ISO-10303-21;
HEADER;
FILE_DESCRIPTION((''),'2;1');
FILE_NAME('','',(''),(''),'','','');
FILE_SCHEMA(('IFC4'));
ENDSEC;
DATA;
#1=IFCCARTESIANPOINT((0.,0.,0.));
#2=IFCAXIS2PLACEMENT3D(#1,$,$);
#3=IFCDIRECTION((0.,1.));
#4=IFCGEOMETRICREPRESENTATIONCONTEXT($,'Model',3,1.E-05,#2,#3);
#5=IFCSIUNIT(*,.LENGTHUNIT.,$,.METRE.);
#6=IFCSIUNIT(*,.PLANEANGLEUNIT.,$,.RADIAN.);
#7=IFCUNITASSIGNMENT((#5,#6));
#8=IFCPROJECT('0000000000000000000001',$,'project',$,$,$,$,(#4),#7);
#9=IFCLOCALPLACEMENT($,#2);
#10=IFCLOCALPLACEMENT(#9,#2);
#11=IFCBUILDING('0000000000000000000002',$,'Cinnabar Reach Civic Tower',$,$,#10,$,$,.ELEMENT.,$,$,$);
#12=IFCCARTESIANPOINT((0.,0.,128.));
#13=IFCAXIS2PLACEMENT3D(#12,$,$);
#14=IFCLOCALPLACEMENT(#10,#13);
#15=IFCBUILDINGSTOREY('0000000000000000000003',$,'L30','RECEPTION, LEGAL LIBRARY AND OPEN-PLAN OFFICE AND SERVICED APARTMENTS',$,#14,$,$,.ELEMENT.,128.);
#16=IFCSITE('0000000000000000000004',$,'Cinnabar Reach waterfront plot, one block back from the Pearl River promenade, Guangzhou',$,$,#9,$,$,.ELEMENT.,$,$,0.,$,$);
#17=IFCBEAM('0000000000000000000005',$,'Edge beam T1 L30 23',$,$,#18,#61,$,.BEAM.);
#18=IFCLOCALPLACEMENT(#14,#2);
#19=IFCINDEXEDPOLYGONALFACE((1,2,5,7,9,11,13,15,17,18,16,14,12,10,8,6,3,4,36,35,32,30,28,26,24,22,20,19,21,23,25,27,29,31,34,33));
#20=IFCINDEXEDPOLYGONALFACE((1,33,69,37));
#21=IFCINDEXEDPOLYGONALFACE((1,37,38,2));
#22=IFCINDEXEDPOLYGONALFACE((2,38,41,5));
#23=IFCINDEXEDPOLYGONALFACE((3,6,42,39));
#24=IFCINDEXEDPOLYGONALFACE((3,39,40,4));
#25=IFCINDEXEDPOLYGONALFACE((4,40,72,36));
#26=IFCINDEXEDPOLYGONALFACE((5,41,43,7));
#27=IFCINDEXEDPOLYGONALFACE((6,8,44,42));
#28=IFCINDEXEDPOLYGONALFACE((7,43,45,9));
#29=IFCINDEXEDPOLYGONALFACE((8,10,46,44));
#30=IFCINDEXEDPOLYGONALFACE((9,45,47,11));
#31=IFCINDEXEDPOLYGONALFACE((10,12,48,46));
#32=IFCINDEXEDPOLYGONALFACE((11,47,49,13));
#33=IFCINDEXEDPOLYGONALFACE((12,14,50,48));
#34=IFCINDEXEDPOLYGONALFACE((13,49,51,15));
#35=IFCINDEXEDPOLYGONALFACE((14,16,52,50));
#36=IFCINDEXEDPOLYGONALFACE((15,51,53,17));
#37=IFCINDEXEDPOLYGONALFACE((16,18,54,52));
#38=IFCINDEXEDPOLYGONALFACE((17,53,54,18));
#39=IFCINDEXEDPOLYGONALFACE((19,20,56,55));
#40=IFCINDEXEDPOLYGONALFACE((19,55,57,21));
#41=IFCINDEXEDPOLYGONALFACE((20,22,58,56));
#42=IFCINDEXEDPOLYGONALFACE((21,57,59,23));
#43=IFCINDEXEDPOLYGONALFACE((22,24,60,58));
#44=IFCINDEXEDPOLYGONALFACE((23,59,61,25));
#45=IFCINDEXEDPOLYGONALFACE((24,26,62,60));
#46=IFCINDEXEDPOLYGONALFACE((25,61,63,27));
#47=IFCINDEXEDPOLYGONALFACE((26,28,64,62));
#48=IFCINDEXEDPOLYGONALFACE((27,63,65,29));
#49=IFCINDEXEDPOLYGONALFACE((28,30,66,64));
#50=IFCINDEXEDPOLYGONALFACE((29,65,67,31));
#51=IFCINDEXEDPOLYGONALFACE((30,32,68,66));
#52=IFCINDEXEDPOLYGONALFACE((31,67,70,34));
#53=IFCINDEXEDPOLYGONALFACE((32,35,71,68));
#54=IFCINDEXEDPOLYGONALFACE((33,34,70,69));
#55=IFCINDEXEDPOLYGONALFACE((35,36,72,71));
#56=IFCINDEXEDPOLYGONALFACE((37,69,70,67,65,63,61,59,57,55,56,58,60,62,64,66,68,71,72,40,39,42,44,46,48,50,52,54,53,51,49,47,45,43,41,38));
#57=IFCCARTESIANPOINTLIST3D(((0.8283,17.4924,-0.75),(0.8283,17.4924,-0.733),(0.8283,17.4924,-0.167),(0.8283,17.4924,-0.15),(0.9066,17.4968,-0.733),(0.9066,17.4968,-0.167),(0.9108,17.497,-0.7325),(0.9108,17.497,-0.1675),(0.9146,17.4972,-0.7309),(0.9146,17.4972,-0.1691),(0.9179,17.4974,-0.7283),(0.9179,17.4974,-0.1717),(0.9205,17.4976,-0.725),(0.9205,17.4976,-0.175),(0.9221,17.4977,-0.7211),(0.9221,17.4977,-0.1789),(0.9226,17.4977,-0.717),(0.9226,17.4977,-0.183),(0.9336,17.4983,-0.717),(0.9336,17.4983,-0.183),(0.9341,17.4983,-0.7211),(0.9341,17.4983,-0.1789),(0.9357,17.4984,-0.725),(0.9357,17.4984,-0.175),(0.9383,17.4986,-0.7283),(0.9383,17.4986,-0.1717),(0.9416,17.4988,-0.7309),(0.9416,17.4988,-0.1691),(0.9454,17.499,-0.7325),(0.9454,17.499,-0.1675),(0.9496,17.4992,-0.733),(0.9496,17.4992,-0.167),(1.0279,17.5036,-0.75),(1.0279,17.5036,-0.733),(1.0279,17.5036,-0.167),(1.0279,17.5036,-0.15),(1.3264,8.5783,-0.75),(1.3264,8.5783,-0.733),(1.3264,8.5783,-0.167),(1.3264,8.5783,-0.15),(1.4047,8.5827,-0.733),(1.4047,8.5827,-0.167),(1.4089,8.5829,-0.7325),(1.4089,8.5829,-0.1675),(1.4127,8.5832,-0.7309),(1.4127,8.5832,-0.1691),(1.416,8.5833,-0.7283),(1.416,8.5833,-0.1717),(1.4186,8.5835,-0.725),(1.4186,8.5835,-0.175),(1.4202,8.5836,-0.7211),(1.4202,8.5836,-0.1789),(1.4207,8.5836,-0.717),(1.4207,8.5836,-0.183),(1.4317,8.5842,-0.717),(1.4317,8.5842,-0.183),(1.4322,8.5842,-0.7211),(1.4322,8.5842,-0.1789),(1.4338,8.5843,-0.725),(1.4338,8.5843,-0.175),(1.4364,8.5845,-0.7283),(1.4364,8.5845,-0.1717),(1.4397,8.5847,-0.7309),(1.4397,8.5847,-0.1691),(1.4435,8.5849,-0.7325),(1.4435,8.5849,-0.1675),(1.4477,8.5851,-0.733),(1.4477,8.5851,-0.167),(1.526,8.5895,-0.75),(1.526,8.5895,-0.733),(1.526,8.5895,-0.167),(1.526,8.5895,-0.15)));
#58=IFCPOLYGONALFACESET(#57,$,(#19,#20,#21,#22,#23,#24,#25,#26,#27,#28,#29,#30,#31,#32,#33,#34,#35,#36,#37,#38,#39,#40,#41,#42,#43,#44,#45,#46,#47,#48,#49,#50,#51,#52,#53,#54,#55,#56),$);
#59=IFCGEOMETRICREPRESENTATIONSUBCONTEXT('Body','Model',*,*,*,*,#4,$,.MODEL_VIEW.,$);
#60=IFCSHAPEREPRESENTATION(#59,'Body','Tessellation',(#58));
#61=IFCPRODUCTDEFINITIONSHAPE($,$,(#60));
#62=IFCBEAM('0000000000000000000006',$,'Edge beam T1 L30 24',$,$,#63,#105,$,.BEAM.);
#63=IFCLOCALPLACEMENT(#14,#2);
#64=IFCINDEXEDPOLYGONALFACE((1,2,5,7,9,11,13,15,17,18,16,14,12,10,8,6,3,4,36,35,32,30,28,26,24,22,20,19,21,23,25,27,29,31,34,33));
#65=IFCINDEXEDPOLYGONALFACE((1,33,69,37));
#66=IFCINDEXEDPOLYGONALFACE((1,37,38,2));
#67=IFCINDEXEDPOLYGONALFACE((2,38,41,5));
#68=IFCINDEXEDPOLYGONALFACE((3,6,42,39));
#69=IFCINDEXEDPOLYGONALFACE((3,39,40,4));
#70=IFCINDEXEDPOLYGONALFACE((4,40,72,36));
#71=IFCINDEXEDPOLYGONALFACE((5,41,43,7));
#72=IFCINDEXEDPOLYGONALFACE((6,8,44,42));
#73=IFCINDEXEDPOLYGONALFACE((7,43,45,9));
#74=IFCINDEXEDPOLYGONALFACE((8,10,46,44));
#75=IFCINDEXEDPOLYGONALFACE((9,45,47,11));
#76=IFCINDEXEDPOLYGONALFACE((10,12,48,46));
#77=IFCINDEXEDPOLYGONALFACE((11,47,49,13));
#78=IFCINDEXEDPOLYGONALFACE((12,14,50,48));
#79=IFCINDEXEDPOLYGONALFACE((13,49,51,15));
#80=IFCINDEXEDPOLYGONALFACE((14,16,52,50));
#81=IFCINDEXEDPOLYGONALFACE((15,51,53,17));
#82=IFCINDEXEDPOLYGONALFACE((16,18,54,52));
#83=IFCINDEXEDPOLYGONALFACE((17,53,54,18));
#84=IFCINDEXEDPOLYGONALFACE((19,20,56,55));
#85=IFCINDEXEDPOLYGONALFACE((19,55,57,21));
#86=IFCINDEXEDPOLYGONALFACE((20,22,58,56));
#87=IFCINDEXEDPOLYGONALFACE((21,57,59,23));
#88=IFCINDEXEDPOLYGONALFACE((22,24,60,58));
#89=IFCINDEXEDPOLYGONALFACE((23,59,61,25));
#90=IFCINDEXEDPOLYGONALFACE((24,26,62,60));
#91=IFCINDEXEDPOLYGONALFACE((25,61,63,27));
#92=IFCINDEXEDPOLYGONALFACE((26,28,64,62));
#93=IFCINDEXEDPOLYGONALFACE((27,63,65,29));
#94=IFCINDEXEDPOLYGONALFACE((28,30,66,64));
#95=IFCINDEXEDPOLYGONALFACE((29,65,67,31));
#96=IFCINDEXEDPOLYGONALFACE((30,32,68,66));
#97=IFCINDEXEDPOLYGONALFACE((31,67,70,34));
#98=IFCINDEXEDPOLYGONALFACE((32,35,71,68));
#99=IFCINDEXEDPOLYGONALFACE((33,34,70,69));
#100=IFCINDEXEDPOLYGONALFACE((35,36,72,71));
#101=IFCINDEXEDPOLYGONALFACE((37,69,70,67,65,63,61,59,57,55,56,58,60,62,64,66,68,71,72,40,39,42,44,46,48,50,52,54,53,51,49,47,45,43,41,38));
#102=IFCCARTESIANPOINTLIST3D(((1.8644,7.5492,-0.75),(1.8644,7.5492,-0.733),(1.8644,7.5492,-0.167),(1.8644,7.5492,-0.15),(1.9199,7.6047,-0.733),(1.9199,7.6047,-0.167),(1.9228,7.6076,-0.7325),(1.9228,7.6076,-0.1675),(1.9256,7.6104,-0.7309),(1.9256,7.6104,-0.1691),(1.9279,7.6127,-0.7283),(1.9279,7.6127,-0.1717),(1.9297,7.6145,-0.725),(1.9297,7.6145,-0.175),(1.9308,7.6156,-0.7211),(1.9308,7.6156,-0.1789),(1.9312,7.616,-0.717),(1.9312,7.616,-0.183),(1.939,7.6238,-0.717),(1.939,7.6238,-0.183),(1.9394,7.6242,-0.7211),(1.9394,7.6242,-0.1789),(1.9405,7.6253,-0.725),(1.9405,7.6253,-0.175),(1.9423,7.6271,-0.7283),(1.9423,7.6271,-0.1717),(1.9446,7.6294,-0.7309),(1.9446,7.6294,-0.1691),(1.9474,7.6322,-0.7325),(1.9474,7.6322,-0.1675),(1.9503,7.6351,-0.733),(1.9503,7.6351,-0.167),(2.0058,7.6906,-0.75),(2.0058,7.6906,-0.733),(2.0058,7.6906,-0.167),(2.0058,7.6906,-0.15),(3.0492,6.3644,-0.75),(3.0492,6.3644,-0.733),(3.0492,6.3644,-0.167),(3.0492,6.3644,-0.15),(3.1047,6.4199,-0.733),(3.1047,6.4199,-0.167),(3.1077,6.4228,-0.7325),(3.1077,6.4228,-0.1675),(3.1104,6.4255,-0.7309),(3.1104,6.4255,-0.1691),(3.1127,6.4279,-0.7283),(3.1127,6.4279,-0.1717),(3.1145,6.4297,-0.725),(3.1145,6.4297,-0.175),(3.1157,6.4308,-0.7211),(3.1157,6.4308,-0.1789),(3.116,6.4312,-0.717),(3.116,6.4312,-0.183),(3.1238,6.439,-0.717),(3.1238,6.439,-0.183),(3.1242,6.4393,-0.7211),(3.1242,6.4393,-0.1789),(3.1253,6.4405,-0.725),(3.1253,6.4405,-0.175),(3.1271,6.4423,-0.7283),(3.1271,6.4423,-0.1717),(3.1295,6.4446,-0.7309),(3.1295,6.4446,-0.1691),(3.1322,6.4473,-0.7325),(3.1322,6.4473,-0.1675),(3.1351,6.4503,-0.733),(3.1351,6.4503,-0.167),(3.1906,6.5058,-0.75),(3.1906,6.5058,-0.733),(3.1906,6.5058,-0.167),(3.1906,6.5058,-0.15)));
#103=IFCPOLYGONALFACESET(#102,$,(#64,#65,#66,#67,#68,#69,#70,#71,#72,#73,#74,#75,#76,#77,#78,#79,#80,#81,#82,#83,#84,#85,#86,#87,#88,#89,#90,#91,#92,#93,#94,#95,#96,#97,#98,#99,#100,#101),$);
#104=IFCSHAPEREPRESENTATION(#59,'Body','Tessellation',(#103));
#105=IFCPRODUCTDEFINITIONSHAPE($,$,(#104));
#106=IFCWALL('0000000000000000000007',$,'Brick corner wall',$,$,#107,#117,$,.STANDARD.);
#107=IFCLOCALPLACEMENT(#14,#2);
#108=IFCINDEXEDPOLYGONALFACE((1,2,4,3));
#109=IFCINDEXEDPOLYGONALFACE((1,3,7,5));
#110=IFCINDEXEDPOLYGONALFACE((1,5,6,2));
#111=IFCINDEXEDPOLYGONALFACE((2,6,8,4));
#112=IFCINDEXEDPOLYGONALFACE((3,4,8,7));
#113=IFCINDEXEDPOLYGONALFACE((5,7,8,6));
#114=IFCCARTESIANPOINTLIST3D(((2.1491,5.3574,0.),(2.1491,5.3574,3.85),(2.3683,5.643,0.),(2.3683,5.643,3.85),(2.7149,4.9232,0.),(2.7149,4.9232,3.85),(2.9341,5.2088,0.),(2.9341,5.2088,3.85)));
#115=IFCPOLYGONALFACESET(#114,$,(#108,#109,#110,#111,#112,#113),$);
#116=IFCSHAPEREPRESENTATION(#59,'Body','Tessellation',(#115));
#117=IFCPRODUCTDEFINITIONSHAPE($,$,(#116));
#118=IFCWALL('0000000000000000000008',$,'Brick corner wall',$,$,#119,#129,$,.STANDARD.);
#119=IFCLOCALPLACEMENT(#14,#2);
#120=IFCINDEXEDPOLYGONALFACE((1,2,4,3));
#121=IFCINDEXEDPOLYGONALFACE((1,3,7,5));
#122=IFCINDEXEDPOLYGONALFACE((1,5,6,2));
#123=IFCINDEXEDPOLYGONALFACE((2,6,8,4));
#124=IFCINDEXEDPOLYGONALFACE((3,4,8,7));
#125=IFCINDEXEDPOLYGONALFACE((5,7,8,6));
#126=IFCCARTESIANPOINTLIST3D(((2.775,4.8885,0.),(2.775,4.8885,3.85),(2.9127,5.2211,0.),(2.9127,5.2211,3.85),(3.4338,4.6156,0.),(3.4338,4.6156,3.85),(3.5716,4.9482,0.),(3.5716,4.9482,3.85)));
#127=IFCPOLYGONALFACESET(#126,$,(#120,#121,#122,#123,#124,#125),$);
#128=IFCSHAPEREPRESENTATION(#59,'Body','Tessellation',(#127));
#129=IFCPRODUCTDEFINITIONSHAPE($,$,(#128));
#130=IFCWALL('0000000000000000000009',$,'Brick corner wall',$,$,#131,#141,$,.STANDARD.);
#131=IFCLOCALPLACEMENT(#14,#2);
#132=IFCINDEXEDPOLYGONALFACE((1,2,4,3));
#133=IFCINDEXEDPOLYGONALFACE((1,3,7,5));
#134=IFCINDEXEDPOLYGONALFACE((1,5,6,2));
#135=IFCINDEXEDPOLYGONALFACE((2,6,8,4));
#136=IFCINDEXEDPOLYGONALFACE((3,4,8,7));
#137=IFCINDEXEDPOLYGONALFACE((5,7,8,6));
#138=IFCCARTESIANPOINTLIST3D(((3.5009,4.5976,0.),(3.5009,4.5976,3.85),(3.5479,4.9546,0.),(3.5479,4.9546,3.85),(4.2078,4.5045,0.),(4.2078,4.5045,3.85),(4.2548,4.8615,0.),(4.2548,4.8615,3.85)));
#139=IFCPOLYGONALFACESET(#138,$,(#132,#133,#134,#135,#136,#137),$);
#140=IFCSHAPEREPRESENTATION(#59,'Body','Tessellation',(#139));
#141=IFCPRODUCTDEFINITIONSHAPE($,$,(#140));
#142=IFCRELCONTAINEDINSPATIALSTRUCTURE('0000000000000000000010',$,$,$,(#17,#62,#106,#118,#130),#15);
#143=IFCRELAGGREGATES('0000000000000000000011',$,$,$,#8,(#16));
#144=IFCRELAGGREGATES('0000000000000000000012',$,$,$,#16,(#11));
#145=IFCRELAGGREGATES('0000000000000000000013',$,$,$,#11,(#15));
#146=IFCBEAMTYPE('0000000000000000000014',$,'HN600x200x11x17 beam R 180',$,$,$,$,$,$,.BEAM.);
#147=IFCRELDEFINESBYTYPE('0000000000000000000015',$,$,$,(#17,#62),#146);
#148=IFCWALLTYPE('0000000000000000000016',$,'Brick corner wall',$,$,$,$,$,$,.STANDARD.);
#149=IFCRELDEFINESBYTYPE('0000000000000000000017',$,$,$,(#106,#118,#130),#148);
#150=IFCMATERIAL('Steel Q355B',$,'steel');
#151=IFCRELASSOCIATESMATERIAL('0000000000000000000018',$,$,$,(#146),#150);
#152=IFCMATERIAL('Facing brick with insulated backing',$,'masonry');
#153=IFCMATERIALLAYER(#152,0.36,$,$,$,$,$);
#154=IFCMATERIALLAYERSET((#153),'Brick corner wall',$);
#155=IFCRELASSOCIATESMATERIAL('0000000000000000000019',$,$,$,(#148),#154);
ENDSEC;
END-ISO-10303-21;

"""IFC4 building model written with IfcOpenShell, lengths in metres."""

from ifc_helpers import new_model, si_unit, direction, frame, frame_2d, origin, origin_2d, place, context, subcontext, project, spatial, rectangle, i_section, extrude, material, layer, layer_set, material_profile, profile_set, type_object, element, save


model = new_model("IFC4")

# Units and contexts
model_context = context("Model", 3, precision=1e-05, world=origin(), true_north=direction((0.0, 1.0)))
body_context = subcontext(model_context, "Body", "Model", "MODEL_VIEW")
ifc_project = project(units=[si_unit("LENGTHUNIT", "METRE"), si_unit("PLANEANGLEUNIT", "RADIAN")], contexts=[model_context])

# Site, building, storey
site_placement = place(None, origin())
site = spatial("IfcSite", under=ifc_project, at=site_placement, Name="Cinnabar Reach waterfront plot, one block back from the Pearl River promenade, Guangzhou", CompositionType="ELEMENT", RefElevation=0.0)
building_placement = place(site_placement, origin())
building = spatial("IfcBuilding", under=site, at=building_placement, Name="Cinnabar Reach Civic Tower", CompositionType="ELEMENT")
storey_placement = place(building_placement, frame((0.0, 0.0, 128.0)))
storey = spatial("IfcBuildingStorey", under=building, at=storey_placement, Name="L30", Description="RECEPTION, LEGAL LIBRARY AND OPEN-PLAN OFFICE AND SERVICED APARTMENTS", CompositionType="ELEMENT", Elevation=128.0)

# Beams
ifc_material_1 = material(Name="Steel Q355B", Category="steel")
ifc_material_profile_1 = material_profile(ifc_material_1, i_section(OverallWidth=0.2, OverallDepth=0.6, WebThickness=0.011, FlangeThickness=0.017, FilletRadius=0.016, at=origin_2d()), Name="HN600x200x11x17")
ifc_profile_set_1 = profile_set([ifc_material_profile_1], Name="Steel Q355B")
beam_type_1 = type_object("IfcBeamType", Name="HN600x200x11x17 beam R 180", PredefinedType="BEAM", material=ifc_profile_set_1)
beam_1_placement = place(storey_placement, frame((0.9281, 17.498, -0.45), z_axis=(0.055791, -0.998442, 0.0), x_axis=(0.998442, 0.055791, 0.0)))
element("IfcBeam", 1, at=beam_1_placement, inside=storey, type_object=beam_type_1, Name="Edge beam T1 L30 23", PredefinedType="BEAM", context=body_context, shape_type="SweptSolid", body=[
    extrude(i_section(OverallWidth=0.2, OverallDepth=0.6, WebThickness=0.011, FlangeThickness=0.017, FilletRadius=0.016, at=origin_2d()), origin(), (0.0, 0.0, 1.0), 8.928),
])
beam_2_placement = place(storey_placement, frame((1.9351, 7.6199, -0.45), z_axis=(0.707107, -0.707107, 0.0), x_axis=(0.707107, 0.707107, 0.0)))
element("IfcBeam", 2, at=beam_2_placement, inside=storey, type_object=beam_type_1, Name="Edge beam T1 L30 24", PredefinedType="BEAM", context=body_context, shape_type="SweptSolid", body=[
    extrude(i_section(OverallWidth=0.2, OverallDepth=0.6, WebThickness=0.011, FlangeThickness=0.017, FilletRadius=0.016, at=origin_2d()), origin(), (0.0, 0.0, 1.0), 1.6756),
])

# Walls
ifc_material_2 = material(Name="Facing brick with insulated backing", Category="masonry")
ifc_layer_1 = layer(ifc_material_2, 0.36)
ifc_layer_set_1 = layer_set([ifc_layer_1], Name="Brick corner wall")
wall_type_1 = type_object("IfcWallType", Name="Brick corner wall", PredefinedType="STANDARD", material=ifc_layer_set_1)
wall_1_placement = place(storey_placement, frame((2.2587, 5.5002, 0.0), z_axis=(0.0, 0.0, 1.0), x_axis=(0.793322, -0.608802, 0.0)))
element("IfcWall", 3, at=wall_1_placement, inside=storey, type_object=wall_type_1, Name="Brick corner wall", PredefinedType="STANDARD", context=body_context, shape_type="SweptSolid", body=[
    extrude(rectangle(XDim=0.7132, YDim=0.36, at=frame_2d((0.3566, 0.0))), origin(), (0.0, 0.0, 1.0), 3.85),
])
for number, where, z_axis, x_axis, name in (
    (4, (2.8439, 5.0548, 0.0), (0.0, 0.0, 1.0), (0.923872, -0.382703, 0.0), "Brick corner wall"),
    (5, (3.5244, 4.7761, 0.0), (0.0, 0.0, 1.0), (0.991441, -0.130556, 0.0), "Brick corner wall"),
):
    element("IfcWall", number, at=place(storey_placement, frame(where, z_axis=z_axis, x_axis=x_axis)), inside=storey, type_object=wall_type_1, Name=name, PredefinedType="STANDARD", context=body_context, shape_type="SweptSolid", body=[
        extrude(rectangle(XDim=0.7131, YDim=0.36, at=frame_2d((0.3565, 0.0))), origin(), (0.0, 0.0, 1.0), 3.85),
    ])

save(model, "model.ifc")
